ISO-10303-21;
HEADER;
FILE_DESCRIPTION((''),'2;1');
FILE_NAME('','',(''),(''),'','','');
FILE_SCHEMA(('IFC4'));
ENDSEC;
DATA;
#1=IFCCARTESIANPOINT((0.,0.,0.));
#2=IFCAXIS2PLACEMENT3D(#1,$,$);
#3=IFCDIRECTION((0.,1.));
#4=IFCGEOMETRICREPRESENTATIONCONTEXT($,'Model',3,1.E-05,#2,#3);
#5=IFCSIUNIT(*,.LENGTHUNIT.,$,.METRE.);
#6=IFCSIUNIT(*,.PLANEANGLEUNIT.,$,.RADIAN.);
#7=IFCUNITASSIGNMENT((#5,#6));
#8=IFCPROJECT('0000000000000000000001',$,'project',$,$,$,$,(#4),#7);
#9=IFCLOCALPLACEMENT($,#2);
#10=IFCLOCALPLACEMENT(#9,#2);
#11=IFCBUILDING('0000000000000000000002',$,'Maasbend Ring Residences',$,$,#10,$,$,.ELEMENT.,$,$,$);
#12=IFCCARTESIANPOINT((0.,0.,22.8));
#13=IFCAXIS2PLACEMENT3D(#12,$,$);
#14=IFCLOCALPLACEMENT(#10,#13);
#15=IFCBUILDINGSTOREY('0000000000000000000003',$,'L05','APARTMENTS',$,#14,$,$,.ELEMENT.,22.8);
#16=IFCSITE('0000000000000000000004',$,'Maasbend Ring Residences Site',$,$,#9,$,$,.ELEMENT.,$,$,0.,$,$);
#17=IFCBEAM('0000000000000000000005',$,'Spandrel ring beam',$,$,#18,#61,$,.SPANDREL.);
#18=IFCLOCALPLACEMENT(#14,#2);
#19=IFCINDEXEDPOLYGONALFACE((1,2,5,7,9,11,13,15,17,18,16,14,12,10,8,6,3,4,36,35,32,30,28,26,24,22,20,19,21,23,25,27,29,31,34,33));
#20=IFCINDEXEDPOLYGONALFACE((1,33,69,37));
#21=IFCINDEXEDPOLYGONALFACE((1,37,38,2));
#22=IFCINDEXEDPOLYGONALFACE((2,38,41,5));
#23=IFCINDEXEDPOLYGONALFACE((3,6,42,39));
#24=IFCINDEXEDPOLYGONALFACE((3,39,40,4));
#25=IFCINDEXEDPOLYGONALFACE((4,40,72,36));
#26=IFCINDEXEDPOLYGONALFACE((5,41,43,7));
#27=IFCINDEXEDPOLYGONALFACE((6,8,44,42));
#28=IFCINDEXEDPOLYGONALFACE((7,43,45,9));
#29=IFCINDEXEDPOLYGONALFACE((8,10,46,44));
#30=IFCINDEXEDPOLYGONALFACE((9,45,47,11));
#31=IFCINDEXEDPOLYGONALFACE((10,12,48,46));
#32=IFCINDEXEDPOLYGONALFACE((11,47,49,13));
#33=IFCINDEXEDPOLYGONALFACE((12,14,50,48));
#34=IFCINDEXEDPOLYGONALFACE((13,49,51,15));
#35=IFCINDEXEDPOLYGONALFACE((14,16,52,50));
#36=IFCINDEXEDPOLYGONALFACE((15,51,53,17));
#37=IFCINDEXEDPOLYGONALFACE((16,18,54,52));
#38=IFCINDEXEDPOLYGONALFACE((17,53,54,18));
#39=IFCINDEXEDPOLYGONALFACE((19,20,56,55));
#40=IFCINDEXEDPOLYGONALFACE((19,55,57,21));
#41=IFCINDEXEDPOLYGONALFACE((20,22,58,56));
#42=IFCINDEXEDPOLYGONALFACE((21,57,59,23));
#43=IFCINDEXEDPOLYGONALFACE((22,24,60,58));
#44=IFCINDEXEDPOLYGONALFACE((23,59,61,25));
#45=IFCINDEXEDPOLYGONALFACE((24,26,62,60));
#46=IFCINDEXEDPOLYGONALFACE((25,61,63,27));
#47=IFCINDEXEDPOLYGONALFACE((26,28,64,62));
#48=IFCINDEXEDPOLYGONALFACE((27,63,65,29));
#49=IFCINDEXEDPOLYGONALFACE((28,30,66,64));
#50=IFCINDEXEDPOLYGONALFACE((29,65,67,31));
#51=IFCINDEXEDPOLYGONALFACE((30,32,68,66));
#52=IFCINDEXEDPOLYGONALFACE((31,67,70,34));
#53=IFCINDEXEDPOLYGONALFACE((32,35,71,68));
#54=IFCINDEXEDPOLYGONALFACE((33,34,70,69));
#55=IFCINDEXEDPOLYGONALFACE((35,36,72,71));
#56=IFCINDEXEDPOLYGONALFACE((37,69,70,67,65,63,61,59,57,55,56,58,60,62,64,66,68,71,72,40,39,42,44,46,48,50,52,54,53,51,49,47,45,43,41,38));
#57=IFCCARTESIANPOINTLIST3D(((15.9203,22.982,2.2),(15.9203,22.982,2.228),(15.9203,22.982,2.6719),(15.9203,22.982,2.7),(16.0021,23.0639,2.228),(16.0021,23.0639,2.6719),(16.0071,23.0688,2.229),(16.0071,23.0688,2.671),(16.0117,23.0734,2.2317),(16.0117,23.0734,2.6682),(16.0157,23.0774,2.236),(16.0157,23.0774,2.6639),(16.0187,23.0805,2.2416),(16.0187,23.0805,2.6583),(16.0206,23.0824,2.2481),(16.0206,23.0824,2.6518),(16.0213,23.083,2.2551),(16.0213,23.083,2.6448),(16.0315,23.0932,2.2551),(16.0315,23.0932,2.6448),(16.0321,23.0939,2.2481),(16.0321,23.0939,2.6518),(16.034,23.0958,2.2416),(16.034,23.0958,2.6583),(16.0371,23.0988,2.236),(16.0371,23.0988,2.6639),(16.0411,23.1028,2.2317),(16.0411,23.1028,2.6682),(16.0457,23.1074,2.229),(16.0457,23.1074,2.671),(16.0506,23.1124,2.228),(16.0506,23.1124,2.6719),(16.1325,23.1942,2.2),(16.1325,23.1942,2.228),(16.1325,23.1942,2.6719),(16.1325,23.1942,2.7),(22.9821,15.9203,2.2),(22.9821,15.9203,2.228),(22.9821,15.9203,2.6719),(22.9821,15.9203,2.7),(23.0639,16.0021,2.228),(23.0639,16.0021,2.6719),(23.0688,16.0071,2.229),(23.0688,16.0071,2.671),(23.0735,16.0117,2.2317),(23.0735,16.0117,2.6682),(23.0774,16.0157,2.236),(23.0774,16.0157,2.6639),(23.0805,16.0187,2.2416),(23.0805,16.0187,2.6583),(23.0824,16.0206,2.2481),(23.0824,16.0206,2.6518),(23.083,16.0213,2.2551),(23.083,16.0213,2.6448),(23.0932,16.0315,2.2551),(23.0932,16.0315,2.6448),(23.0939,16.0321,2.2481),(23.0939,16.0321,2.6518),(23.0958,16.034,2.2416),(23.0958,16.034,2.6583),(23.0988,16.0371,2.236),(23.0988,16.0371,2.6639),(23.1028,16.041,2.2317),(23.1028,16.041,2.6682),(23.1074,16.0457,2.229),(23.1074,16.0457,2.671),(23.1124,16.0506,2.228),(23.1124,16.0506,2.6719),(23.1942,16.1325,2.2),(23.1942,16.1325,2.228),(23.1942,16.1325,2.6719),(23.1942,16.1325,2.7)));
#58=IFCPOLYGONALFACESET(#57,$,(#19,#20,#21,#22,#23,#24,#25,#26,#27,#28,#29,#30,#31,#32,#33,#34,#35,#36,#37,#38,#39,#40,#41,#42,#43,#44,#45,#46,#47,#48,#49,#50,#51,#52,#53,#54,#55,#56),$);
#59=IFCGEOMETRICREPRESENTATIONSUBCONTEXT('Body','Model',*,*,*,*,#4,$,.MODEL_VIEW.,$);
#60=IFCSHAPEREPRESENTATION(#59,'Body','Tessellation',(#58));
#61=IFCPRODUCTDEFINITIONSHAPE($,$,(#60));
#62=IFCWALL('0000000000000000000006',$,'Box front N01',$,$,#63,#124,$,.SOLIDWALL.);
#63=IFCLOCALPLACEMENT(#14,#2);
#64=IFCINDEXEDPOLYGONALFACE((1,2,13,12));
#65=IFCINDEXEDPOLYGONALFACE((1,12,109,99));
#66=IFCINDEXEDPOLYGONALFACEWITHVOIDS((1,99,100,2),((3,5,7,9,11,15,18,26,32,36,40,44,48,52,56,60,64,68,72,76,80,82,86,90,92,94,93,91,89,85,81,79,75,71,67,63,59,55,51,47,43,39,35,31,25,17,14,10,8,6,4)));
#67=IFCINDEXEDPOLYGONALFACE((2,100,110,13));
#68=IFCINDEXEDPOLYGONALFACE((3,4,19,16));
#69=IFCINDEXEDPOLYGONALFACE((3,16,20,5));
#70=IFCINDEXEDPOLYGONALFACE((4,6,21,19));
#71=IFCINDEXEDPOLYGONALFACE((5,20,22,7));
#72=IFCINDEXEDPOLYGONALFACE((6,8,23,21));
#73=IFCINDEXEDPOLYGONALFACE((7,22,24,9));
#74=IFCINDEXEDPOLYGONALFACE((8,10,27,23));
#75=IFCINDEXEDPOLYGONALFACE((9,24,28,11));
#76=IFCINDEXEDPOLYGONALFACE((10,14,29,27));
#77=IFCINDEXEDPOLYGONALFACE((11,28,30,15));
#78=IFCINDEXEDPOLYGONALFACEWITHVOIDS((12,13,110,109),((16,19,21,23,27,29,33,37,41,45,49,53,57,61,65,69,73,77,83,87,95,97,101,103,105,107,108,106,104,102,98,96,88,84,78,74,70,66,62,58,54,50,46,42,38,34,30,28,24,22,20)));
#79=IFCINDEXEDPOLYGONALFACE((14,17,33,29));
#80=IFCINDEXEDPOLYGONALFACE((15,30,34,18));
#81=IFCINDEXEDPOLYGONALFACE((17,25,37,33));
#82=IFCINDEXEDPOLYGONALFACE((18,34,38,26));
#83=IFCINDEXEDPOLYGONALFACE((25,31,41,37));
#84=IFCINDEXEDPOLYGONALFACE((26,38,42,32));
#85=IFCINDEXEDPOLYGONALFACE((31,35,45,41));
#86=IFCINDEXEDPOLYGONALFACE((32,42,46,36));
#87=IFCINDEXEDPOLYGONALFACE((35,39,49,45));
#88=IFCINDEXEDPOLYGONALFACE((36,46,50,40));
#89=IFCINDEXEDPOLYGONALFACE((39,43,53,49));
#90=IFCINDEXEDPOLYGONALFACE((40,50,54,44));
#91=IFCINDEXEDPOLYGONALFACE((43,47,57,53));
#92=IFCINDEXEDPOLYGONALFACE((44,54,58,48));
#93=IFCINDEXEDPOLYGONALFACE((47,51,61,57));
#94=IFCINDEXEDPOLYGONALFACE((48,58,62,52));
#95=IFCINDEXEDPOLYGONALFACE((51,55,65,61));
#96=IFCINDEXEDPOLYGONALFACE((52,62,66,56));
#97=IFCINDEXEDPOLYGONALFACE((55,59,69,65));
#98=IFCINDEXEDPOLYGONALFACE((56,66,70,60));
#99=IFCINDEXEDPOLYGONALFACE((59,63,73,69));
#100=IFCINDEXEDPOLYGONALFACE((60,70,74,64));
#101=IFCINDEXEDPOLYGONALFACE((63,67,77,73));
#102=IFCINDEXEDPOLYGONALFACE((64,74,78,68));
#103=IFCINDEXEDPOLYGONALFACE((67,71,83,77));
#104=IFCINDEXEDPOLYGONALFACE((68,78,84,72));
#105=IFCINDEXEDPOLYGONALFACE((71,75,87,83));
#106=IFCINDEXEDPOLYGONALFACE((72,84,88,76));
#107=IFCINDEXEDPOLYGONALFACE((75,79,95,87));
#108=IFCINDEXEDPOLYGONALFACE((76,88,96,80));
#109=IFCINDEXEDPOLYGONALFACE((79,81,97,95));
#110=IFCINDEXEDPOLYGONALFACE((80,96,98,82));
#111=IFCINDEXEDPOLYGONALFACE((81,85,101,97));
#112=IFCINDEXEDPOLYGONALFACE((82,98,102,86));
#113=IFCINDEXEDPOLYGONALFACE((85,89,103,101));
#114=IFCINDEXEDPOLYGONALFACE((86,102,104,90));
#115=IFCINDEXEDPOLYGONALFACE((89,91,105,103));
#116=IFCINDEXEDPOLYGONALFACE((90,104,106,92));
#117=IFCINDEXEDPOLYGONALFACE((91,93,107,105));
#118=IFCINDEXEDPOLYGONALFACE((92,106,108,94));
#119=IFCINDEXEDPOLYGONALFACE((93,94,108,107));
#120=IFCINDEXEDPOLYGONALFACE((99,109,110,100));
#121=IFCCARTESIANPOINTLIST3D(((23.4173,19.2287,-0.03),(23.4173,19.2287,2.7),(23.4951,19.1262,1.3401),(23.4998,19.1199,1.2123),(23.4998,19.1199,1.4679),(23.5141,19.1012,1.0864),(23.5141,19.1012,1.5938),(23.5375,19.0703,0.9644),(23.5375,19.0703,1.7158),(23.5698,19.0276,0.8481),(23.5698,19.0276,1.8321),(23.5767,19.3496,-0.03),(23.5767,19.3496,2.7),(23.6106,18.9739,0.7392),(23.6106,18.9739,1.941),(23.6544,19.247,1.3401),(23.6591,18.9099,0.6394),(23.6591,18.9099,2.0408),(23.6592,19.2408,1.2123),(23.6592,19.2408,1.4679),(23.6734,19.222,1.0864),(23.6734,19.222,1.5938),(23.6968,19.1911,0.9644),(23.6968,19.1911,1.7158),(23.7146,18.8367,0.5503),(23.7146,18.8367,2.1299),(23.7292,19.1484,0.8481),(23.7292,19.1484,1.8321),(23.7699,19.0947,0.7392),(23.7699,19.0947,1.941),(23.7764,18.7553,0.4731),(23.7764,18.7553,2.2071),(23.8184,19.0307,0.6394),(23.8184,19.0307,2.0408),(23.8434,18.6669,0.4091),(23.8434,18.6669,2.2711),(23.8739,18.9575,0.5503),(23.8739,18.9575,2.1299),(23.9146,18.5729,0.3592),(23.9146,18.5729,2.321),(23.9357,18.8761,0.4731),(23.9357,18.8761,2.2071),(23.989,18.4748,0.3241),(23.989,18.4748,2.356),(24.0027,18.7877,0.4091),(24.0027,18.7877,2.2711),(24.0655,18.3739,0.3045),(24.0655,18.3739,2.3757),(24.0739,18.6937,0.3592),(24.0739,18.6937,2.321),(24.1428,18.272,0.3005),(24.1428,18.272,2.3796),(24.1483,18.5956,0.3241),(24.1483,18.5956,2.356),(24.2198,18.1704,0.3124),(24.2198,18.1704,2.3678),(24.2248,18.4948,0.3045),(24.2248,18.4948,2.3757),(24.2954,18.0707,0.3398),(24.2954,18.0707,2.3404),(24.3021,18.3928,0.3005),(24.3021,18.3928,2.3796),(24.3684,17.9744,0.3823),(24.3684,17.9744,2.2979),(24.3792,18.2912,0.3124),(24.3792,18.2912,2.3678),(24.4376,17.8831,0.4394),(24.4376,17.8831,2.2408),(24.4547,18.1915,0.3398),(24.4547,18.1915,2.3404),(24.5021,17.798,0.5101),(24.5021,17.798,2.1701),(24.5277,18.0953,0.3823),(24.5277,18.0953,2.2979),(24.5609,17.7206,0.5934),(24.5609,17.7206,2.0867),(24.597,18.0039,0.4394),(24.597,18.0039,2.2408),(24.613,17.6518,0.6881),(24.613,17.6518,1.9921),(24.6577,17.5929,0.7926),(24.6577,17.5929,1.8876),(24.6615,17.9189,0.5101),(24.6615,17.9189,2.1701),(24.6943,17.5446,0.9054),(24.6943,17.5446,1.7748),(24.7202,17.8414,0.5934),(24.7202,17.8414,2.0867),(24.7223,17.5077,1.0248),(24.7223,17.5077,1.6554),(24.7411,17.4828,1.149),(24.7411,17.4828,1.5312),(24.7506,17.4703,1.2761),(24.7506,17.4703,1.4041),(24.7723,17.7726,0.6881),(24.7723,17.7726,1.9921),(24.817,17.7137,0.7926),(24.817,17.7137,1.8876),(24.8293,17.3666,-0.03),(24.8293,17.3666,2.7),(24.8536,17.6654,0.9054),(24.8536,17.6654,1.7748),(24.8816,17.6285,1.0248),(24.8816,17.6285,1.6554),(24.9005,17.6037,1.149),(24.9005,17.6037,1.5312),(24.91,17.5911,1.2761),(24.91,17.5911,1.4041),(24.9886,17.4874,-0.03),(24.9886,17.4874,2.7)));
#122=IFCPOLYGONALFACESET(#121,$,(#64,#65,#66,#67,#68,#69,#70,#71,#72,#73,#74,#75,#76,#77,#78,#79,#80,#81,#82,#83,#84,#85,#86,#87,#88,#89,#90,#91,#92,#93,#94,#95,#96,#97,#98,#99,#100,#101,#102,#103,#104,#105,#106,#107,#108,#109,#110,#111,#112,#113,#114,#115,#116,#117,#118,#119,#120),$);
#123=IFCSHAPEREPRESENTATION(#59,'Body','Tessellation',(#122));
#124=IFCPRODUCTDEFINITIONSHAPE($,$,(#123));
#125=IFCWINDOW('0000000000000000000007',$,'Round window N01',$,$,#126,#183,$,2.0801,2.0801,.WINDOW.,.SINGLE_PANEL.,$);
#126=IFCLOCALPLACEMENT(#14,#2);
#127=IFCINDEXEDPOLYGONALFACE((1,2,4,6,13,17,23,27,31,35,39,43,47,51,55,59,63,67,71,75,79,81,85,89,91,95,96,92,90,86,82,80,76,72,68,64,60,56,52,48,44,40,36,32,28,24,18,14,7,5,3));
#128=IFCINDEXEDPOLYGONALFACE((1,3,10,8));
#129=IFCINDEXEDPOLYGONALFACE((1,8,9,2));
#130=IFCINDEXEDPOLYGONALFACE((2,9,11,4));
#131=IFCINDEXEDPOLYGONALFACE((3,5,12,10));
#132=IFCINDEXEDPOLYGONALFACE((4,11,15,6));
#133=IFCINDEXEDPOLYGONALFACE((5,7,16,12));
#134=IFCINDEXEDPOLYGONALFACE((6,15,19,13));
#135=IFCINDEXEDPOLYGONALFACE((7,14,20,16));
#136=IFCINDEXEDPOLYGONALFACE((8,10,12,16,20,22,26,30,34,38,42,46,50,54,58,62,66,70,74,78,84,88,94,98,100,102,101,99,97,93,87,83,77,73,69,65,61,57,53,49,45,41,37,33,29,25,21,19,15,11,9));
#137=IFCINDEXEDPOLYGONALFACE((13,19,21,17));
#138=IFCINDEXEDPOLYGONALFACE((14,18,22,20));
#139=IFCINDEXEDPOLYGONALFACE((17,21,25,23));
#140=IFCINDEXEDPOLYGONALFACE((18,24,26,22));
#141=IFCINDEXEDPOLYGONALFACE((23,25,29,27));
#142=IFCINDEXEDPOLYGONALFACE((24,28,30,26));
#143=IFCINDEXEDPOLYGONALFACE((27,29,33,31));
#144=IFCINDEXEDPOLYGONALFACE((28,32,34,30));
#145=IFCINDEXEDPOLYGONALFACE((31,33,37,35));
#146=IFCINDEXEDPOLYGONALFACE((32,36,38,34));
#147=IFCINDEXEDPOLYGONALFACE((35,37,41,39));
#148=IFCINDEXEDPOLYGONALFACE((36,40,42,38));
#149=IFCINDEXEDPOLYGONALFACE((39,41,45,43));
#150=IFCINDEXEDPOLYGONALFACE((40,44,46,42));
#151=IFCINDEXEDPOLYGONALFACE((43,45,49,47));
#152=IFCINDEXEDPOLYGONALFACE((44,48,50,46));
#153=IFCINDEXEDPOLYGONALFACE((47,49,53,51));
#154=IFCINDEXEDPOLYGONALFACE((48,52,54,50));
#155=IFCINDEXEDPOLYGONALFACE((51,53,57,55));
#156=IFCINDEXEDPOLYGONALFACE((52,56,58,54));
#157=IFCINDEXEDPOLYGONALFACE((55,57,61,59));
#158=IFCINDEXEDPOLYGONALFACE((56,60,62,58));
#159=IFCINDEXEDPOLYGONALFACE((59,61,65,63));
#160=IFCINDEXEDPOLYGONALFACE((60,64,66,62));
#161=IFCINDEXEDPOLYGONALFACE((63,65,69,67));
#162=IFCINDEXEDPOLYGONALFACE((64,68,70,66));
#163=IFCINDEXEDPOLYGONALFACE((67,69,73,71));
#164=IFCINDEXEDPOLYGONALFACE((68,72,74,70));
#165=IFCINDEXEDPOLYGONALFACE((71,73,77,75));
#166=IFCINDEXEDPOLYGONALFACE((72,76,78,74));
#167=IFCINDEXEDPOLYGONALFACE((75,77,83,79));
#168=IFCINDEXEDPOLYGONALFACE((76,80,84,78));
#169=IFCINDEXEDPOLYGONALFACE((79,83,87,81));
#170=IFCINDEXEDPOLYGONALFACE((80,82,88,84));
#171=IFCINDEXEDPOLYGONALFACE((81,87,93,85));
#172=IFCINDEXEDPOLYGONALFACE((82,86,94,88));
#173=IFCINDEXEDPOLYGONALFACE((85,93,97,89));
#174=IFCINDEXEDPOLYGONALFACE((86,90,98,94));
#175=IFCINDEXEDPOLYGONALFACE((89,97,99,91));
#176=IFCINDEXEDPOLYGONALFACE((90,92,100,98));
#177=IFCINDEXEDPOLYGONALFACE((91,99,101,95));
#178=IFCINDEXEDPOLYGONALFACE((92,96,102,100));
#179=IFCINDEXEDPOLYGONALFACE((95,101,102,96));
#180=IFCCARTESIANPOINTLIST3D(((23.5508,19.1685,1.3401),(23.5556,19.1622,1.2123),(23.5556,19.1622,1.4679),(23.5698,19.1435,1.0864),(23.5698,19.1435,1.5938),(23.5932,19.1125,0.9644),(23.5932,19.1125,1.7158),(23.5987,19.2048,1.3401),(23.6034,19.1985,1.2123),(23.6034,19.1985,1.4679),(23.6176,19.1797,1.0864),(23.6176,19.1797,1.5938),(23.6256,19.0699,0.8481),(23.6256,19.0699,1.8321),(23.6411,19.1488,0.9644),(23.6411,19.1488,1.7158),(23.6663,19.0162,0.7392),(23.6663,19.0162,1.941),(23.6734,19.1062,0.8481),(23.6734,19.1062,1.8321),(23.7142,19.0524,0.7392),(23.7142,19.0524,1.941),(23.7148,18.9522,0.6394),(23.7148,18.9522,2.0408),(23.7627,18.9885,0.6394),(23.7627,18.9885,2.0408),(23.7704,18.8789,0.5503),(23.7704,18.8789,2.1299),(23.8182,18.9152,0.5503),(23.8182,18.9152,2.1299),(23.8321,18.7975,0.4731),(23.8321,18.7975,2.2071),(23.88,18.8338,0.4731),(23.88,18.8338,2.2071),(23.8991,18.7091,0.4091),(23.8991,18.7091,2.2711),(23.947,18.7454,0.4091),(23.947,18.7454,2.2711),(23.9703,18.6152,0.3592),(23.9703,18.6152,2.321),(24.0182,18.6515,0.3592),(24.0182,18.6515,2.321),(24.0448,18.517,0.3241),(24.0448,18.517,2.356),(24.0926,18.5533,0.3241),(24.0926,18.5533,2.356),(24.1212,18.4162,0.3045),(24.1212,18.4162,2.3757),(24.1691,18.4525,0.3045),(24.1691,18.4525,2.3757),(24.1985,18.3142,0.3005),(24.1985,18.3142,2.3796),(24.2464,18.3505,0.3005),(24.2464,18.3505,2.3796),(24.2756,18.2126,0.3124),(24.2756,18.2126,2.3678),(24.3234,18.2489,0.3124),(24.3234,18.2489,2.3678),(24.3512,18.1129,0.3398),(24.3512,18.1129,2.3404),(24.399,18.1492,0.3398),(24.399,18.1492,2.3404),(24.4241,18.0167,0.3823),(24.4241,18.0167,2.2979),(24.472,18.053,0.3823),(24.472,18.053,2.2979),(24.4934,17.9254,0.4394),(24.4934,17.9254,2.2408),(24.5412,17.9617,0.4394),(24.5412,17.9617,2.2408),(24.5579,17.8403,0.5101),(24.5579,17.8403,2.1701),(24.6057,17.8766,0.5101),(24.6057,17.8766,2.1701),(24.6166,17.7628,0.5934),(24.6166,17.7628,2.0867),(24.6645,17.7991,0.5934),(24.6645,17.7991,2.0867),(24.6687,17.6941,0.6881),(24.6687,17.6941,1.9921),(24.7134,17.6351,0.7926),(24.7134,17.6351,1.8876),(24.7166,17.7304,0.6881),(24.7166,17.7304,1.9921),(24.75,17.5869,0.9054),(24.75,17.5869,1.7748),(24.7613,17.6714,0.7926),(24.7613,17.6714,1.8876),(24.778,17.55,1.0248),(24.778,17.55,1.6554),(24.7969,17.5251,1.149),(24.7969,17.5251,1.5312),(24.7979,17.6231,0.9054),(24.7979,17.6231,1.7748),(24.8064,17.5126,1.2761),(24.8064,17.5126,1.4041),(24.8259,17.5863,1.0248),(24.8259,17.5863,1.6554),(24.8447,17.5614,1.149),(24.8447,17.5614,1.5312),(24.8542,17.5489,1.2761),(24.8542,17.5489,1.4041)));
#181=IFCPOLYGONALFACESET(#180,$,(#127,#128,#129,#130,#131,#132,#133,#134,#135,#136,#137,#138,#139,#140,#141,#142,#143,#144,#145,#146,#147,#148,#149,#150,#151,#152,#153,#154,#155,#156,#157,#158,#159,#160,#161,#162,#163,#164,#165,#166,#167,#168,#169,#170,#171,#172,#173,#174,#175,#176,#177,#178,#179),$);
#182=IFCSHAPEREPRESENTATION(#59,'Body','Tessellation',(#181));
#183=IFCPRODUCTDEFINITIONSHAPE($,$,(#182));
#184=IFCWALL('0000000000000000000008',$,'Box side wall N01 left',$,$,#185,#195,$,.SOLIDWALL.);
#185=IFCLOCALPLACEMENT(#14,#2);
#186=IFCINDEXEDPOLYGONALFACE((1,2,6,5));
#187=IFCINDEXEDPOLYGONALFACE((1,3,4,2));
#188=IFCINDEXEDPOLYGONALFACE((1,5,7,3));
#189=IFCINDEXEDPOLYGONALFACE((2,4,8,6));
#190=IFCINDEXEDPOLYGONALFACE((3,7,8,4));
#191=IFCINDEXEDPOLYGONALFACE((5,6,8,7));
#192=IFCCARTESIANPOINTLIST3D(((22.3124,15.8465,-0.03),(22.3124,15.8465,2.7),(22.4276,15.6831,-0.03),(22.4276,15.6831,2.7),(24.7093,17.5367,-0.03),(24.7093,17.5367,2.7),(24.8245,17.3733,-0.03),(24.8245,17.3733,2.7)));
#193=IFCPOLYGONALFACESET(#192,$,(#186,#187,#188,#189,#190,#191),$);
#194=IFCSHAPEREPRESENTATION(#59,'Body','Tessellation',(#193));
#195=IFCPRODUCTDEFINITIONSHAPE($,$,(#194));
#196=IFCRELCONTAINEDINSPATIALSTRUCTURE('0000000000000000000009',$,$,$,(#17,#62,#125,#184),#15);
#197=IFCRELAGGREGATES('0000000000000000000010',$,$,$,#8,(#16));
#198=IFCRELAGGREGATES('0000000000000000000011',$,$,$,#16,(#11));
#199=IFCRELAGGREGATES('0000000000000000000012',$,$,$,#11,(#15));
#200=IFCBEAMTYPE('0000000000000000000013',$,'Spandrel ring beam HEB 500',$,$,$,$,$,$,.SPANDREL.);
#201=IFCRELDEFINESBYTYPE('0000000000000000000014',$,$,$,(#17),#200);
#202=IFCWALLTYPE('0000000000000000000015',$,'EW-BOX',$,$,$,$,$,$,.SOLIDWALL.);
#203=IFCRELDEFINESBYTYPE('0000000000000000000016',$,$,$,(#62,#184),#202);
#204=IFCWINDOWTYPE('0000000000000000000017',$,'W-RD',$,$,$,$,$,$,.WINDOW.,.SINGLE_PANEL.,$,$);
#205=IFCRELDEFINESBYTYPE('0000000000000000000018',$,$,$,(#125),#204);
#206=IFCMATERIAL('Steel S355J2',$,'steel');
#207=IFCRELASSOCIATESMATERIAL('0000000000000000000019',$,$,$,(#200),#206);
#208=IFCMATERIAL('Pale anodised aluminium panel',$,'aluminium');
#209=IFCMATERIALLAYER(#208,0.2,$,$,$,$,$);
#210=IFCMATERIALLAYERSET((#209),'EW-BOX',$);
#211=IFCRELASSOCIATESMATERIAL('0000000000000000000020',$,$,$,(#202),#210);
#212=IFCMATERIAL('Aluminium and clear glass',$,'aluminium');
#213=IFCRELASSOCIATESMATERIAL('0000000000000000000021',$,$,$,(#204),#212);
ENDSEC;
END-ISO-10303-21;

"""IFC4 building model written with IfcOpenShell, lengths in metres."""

from ifc_helpers import new_model, si_unit, direction, frame, frame_2d, origin, origin_2d, place, context, subcontext, project, spatial, rectangle, circle, i_section, extrude, material, layer, layer_set, material_profile, profile_set, type_object, element, fill, save


model = new_model("IFC4")

# Units and contexts
model_context = context("Model", 3, precision=1e-05, world=origin(), true_north=direction((0.0, 1.0)))
body_context = subcontext(model_context, "Body", "Model", "MODEL_VIEW")
ifc_project = project(units=[si_unit("LENGTHUNIT", "METRE"), si_unit("PLANEANGLEUNIT", "RADIAN")], contexts=[model_context])

# Site, building, storey
site_placement = place(None, origin())
site = spatial("IfcSite", under=ifc_project, at=site_placement, Name="Maasbend Ring Residences Site", CompositionType="ELEMENT", RefElevation=0.0)
building_placement = place(site_placement, origin())
building = spatial("IfcBuilding", under=site, at=building_placement, Name="Maasbend Ring Residences", CompositionType="ELEMENT")
storey_placement = place(building_placement, frame((0.0, 0.0, 22.8)))
storey = spatial("IfcBuildingStorey", under=building, at=storey_placement, Name="L05", Description="APARTMENTS", CompositionType="ELEMENT", Elevation=22.8)

# Beam
ifc_material_1 = material(Name="Steel S355J2", Category="steel")
ifc_material_profile_1 = material_profile(ifc_material_1, i_section(OverallWidth=0.3, OverallDepth=0.5, WebThickness=0.0144, FlangeThickness=0.0281, FilletRadius=0.0271, at=origin_2d()), Name="HEB 500")
ifc_profile_set_1 = profile_set([ifc_material_profile_1], Name="Steel S355J2")
beam_type = type_object("IfcBeamType", Name="Spandrel ring beam HEB 500", PredefinedType="SPANDREL", material=ifc_profile_set_1)
beam_placement = place(storey_placement, frame((23.0881, 16.0264, 2.45), z_axis=(-0.707107, 0.707107, 0.0), x_axis=(-0.707107, -0.707107, 0.0)))
element("IfcBeam", 1, at=beam_placement, inside=storey, type_object=beam_type, Name="Spandrel ring beam", PredefinedType="SPANDREL", context=body_context, shape_type="SweptSolid", body=[
    extrude(i_section(OverallWidth=0.3, OverallDepth=0.5, WebThickness=0.0144, FlangeThickness=0.0281, FilletRadius=0.0271, at=origin_2d()), origin(), (0.0, 0.0, 1.0), 9.9868),
])

# Wall, opening, window
ifc_material_2 = material(Name="Pale anodised aluminium panel", Category="aluminium")
ifc_layer_1 = layer(ifc_material_2, 0.2)
ifc_layer_set_1 = layer_set([ifc_layer_1], Name="EW-BOX")
wall_type_1 = type_object("IfcWallType", Name="EW-BOX", PredefinedType="SOLIDWALL", material=ifc_layer_set_1)
wall_1_placement = place(storey_placement, frame((24.9089, 17.427, -0.03), z_axis=(0.0, 0.0, 1.0), x_axis=(-0.604188, 0.796842, 0.0)))
wall_1 = element("IfcWall", 2, at=wall_1_placement, inside=storey, type_object=wall_type_1, Name="Box front N01", PredefinedType="SOLIDWALL", context=body_context, shape_type="SweptSolid", body=[
    extrude(rectangle(XDim=2.3369, YDim=0.2, at=frame_2d((1.1685, 0.0))), origin(), (0.0, 0.0, 1.0), 2.73),
])
opening_1_placement = place(wall_1_placement, frame((0.1282, 0.0, 0.3301)))
opening_1 = element("IfcOpeningElement", 3, at=opening_1_placement, cuts=wall_1, PredefinedType="OPENING", context=body_context, shape_type="SweptSolid", body=[
    extrude(circle(Radius=1.04, at=frame_2d((1.04, 1.04))), frame((0.0, 0.1099, 0.0), z_axis=(0.0, -1.0, 0.0), x_axis=(1.0, 0.0, 0.0)), (0.0, 0.0, 1.0), 0.22),
])
ifc_material_3 = material(Name="Aluminium and clear glass", Category="aluminium")
window_type_1 = type_object("IfcWindowType", Name="W-RD", PartitioningType="SINGLE_PANEL", PredefinedType="WINDOW", material=ifc_material_3)
window_1_placement = place(opening_1_placement, origin())
window_1 = element("IfcWindow", 4, at=window_1_placement, inside=storey, type_object=window_type_1, Name="Round window N01", OverallHeight=2.0801, OverallWidth=2.0801, PartitioningType="SINGLE_PANEL", PredefinedType="WINDOW", context=body_context, shape_type="SweptSolid", body=[
    extrude(circle(Radius=1.04, at=frame_2d((1.04, 1.04))), frame((0.0, 0.03, 0.0), z_axis=(0.0, -1.0, 0.0), x_axis=(1.0, 0.0, 0.0)), (0.0, 0.0, 1.0), 0.0601),
])
fill(opening_1, window_1)

# Wall
wall_2_placement = place(storey_placement, frame((22.3701, 15.7649, -0.03), z_axis=(0.0, 0.0, 1.0), x_axis=(0.817256, 0.576275, 0.0)))
element("IfcWall", 5, at=wall_2_placement, inside=storey, type_object=wall_type_1, Name="Box side wall N01 left", PredefinedType="SOLIDWALL", context=body_context, shape_type="SweptSolid", body=[
    extrude(rectangle(XDim=2.9329, YDim=0.2, at=frame_2d((1.4663, 0.0))), origin(), (0.0, 0.0, 1.0), 2.73),
])

save(model, "model.ifc")
